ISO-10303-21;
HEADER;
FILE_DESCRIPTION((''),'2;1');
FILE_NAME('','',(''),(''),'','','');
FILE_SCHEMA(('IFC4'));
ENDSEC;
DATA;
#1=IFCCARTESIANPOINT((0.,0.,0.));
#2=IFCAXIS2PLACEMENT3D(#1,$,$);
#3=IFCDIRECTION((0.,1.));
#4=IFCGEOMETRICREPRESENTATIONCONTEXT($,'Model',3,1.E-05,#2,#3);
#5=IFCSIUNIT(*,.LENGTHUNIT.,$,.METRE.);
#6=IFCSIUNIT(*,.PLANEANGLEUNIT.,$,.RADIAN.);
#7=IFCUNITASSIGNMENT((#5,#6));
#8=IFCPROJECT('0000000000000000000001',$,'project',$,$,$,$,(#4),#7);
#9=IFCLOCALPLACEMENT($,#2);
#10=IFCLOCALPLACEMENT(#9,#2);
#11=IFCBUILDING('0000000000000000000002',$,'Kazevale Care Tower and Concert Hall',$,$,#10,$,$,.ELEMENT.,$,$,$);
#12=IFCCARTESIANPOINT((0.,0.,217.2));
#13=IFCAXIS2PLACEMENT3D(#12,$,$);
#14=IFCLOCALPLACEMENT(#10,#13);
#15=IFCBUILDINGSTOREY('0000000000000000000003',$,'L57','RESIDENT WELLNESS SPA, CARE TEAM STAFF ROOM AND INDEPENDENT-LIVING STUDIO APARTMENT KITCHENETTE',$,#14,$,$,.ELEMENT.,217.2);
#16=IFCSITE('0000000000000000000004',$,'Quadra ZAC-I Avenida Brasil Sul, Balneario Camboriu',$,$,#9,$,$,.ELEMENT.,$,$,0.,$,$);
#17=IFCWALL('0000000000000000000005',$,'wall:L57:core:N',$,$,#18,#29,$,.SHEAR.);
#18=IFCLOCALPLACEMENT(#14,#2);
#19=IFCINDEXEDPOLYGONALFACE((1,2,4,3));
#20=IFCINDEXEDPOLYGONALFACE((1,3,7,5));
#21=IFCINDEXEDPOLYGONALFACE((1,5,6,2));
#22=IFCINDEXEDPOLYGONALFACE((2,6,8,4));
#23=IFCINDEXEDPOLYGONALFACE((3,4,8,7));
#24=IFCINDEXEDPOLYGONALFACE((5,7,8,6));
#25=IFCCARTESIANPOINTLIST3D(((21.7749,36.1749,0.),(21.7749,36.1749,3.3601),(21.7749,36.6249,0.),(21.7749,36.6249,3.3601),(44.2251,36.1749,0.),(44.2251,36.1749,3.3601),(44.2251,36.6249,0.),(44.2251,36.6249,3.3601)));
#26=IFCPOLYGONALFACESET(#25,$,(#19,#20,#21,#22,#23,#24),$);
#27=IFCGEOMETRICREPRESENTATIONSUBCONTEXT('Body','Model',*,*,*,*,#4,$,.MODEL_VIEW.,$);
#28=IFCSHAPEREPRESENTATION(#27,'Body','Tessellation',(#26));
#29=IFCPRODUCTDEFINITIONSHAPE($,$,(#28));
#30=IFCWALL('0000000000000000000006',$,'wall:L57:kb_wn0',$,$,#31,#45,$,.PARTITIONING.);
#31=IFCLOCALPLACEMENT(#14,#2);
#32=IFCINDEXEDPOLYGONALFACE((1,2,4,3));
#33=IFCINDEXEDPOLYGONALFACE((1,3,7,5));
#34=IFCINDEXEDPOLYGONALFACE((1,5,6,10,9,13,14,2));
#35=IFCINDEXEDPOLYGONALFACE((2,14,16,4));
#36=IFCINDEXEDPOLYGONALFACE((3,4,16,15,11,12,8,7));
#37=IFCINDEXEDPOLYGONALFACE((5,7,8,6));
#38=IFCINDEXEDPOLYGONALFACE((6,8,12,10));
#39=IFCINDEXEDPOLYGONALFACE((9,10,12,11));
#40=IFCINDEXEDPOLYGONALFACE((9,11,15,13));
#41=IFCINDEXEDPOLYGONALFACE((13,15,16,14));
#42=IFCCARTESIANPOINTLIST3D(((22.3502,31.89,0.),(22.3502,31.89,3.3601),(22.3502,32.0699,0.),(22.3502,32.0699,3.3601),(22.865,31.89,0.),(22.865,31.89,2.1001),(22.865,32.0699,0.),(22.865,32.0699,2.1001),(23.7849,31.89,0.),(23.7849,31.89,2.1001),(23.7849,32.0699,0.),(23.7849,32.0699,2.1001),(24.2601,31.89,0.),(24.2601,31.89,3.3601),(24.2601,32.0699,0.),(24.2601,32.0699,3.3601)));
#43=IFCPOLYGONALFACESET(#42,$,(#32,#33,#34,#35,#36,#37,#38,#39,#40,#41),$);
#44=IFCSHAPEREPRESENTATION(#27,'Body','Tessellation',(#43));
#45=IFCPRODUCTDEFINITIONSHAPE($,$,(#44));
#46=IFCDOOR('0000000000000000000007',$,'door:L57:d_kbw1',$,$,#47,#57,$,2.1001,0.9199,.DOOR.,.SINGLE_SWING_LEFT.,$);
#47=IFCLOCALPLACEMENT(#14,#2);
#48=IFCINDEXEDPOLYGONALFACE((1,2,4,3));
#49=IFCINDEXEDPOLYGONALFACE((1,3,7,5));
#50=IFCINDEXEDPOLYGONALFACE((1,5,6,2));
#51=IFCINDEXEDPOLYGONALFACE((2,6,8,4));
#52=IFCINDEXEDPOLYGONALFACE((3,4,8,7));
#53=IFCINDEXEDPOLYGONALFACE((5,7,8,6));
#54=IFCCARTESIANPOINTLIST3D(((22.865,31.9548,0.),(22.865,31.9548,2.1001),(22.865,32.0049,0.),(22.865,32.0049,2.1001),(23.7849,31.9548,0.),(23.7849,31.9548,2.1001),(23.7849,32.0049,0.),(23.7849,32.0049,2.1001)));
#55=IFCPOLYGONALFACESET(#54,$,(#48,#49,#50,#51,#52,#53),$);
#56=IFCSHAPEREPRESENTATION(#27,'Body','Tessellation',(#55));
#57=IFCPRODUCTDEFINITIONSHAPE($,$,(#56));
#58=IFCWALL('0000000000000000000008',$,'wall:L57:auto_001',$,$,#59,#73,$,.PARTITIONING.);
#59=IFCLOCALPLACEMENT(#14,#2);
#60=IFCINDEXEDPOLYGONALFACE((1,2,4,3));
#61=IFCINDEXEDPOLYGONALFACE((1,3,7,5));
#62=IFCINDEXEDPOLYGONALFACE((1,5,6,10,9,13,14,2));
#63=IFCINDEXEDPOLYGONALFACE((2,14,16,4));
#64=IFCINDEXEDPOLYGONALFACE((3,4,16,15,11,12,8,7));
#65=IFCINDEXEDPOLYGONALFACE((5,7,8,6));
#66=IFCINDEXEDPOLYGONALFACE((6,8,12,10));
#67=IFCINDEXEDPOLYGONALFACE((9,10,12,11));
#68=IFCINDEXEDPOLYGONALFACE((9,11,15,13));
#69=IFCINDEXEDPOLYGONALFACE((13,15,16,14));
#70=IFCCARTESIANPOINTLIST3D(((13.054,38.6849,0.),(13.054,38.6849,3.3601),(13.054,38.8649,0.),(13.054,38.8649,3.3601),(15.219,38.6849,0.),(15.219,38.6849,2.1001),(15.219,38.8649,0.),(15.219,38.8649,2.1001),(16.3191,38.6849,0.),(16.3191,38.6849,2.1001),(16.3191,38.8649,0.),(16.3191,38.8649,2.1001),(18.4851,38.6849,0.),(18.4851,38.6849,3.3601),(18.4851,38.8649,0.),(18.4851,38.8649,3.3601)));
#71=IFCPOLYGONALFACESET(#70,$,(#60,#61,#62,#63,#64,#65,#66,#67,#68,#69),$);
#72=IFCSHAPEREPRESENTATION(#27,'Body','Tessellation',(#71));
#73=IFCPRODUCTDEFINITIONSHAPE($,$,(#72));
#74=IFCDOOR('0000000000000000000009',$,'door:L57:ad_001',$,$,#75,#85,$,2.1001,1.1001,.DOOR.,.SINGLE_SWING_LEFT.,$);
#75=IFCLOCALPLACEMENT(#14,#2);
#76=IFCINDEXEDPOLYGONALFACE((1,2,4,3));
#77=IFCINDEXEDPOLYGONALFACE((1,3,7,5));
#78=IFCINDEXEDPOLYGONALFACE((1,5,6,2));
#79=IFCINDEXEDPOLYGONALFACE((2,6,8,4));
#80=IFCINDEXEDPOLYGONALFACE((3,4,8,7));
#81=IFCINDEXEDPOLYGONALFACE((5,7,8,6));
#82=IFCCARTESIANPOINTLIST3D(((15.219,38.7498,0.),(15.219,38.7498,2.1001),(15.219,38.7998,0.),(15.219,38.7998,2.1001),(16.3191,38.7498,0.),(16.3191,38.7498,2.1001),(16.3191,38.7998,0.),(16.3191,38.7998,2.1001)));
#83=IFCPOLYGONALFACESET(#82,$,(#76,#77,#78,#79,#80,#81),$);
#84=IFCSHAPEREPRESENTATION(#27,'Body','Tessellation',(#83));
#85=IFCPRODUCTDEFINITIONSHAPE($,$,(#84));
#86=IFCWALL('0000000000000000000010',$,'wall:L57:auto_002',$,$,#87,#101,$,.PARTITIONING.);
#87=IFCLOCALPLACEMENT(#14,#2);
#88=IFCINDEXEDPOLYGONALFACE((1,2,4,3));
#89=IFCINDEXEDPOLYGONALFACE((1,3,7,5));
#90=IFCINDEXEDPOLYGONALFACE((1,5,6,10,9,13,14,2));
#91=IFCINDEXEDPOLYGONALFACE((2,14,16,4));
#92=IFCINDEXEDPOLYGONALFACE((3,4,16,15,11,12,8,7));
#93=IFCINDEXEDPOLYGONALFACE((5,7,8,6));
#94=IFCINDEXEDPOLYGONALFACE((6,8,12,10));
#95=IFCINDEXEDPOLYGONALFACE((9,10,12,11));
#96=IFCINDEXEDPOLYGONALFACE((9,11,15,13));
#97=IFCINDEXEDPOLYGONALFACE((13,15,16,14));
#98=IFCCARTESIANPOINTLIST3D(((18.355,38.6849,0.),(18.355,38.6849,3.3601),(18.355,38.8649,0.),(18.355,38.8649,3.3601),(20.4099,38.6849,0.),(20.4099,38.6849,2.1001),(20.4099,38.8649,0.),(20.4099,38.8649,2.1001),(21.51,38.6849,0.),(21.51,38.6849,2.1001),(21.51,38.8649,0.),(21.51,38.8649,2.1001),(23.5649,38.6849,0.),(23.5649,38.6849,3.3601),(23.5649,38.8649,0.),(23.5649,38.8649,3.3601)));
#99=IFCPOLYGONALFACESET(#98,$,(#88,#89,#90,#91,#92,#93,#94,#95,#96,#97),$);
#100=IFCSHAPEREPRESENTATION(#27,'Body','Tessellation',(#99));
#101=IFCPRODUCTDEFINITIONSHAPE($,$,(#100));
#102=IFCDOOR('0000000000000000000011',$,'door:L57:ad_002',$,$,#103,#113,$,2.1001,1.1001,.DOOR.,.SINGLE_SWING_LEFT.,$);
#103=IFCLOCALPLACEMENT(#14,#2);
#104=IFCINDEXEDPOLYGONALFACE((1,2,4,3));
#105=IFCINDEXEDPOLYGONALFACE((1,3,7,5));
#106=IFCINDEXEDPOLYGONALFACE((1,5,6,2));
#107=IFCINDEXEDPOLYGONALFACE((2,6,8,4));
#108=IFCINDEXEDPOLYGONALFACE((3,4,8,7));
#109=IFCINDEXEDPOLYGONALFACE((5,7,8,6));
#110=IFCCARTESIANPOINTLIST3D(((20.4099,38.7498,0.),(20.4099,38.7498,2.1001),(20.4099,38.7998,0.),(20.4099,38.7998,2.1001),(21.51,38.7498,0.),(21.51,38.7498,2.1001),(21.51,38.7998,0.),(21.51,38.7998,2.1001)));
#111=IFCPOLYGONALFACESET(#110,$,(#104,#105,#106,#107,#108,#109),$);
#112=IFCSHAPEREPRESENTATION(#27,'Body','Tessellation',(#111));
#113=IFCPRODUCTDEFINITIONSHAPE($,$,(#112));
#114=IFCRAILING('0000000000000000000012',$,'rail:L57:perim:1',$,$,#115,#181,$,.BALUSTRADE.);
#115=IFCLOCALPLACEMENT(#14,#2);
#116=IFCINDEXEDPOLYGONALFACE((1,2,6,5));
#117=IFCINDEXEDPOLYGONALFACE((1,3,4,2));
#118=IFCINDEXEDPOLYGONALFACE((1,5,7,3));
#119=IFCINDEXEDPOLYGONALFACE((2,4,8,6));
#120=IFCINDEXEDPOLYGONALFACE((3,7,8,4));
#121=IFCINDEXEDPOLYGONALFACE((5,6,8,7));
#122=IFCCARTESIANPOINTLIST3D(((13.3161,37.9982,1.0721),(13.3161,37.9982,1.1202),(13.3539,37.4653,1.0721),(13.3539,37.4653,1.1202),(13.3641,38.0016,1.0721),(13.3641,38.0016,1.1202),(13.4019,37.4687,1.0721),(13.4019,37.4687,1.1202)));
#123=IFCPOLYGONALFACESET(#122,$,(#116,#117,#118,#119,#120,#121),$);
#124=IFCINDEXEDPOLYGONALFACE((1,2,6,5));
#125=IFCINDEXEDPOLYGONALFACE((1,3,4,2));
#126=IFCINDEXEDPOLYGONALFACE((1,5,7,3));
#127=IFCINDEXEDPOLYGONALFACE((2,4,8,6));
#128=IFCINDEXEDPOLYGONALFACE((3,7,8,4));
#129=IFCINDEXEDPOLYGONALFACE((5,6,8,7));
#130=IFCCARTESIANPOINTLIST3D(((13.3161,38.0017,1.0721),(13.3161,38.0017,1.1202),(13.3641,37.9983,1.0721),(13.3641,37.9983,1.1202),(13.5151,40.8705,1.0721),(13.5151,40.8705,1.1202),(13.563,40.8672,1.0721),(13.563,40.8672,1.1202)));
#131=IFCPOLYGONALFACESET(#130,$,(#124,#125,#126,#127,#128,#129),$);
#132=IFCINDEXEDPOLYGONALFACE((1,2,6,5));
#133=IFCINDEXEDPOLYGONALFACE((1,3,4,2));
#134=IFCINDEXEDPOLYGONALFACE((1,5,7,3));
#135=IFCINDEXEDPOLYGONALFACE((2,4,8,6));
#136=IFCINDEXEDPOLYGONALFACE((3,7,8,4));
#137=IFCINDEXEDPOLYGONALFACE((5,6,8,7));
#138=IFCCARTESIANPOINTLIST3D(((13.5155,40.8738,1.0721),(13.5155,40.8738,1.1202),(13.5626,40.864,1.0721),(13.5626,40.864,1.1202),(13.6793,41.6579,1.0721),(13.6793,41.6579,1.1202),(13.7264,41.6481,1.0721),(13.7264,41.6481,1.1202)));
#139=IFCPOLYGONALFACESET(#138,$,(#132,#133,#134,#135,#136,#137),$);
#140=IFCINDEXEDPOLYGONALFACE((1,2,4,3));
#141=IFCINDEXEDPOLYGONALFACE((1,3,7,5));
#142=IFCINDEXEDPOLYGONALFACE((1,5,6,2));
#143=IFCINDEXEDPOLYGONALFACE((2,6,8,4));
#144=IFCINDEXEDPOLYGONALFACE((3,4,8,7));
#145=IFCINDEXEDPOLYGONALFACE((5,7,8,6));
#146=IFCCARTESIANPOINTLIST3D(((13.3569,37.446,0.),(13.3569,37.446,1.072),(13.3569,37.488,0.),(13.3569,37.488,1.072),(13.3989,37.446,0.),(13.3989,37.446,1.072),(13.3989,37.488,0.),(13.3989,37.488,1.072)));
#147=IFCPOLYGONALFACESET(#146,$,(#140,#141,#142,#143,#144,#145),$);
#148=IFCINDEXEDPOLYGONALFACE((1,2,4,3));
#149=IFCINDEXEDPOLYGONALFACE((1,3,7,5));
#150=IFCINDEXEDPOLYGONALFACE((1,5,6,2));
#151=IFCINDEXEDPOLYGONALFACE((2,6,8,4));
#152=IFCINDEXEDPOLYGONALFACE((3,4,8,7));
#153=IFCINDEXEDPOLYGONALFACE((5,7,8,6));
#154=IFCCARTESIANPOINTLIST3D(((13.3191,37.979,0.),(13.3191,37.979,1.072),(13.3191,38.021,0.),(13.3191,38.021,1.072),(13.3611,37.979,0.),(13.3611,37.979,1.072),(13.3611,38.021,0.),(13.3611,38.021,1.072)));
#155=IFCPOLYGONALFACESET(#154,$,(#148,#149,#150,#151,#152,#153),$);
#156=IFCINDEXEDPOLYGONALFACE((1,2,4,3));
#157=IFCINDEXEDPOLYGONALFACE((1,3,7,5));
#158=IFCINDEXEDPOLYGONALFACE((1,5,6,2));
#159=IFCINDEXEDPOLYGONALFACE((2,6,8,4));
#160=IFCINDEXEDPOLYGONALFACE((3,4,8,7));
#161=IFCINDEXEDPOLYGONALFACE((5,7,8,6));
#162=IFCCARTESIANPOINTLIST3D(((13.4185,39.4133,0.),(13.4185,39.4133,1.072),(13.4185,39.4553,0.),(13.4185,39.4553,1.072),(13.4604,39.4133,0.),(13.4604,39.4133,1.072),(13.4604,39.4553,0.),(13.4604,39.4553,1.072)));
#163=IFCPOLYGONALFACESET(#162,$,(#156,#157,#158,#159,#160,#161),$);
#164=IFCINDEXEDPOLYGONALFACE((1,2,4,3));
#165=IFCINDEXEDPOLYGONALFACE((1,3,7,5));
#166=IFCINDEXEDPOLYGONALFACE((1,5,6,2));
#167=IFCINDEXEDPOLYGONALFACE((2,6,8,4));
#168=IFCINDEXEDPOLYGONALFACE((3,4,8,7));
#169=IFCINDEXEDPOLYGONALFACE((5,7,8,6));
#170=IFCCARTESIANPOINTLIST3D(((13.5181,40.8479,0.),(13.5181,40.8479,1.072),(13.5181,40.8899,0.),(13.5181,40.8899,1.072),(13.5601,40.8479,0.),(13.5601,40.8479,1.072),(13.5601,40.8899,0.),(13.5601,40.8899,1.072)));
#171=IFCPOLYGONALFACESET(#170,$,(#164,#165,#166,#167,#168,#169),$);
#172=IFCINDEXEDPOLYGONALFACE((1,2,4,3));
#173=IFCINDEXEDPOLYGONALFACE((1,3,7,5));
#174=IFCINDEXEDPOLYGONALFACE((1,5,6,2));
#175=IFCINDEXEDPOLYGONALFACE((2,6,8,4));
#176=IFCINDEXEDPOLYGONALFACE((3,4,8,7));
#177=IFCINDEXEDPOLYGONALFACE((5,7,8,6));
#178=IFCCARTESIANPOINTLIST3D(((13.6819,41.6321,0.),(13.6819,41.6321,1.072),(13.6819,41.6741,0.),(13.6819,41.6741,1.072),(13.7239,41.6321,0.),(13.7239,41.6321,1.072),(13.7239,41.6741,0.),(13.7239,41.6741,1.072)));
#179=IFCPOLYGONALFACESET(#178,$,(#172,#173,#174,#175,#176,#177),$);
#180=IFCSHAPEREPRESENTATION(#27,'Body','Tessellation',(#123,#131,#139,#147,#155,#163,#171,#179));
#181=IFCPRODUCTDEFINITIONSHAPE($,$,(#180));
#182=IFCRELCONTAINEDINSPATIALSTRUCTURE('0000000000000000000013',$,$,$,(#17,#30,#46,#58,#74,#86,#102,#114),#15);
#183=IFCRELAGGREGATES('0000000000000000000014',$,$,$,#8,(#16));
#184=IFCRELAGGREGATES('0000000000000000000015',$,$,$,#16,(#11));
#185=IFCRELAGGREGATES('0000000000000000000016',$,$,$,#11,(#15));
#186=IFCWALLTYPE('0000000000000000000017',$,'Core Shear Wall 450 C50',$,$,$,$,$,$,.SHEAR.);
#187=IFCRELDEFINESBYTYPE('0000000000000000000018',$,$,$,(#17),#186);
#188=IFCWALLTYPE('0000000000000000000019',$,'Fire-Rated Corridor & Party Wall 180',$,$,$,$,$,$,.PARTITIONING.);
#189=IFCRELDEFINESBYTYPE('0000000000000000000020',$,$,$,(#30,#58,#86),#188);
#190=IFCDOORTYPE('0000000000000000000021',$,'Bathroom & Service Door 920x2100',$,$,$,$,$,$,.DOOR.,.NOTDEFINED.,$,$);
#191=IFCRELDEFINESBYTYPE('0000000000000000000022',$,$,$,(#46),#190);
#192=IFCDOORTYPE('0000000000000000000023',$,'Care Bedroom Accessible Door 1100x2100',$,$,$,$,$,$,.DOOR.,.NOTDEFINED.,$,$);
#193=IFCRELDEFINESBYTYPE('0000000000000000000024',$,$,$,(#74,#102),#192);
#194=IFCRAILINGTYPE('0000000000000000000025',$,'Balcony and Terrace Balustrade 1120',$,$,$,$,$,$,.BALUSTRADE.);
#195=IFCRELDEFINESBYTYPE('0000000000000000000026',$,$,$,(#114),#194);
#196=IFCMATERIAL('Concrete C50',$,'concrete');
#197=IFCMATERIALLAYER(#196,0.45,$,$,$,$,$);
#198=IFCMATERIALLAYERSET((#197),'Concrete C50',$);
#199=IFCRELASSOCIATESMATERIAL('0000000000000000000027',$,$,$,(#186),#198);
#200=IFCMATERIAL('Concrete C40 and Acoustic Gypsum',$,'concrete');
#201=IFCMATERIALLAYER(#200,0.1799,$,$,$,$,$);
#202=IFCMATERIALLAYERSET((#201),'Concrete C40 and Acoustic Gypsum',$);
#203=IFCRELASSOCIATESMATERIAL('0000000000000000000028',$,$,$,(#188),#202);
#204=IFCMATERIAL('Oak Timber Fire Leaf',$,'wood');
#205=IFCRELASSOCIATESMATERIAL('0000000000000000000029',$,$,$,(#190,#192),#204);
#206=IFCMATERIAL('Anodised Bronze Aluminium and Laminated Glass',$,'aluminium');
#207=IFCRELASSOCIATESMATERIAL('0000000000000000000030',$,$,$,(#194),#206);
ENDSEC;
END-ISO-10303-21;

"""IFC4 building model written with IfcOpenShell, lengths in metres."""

from ifc_helpers import new_model, si_unit, direction, frame, frame_2d, origin, origin_2d, place, context, subcontext, project, spatial, rectangle, extrude, material, layer, layer_set, type_object, element, fill, save


model = new_model("IFC4")

# Units and contexts
model_context = context("Model", 3, precision=1e-05, world=origin(), true_north=direction((0.0, 1.0)))
body_context = subcontext(model_context, "Body", "Model", "MODEL_VIEW")
ifc_project = project(units=[si_unit("LENGTHUNIT", "METRE"), si_unit("PLANEANGLEUNIT", "RADIAN")], contexts=[model_context])

# Site, building, storey
site_placement = place(None, origin())
site = spatial("IfcSite", under=ifc_project, at=site_placement, Name="Quadra ZAC-I Avenida Brasil Sul, Balneario Camboriu", CompositionType="ELEMENT", RefElevation=0.0)
building_placement = place(site_placement, origin())
building = spatial("IfcBuilding", under=site, at=building_placement, Name="Kazevale Care Tower and Concert Hall", CompositionType="ELEMENT")
storey_placement = place(building_placement, frame((0.0, 0.0, 217.2)))
storey = spatial("IfcBuildingStorey", under=building, at=storey_placement, Name="L57", Description="RESIDENT WELLNESS SPA, CARE TEAM STAFF ROOM AND INDEPENDENT-LIVING STUDIO APARTMENT KITCHENETTE", CompositionType="ELEMENT", Elevation=217.2)

# Shared definitions
ifc_material_1 = material(Name="Concrete C50", Category="concrete")

# Wall
ifc_layer_1 = layer(ifc_material_1, 0.45)
ifc_layer_set_1 = layer_set([ifc_layer_1], Name="Concrete C50")
wall_type_1 = type_object("IfcWallType", Name="Core Shear Wall 450 C50", PredefinedType="SHEAR", material=ifc_layer_set_1)
wall_1_placement = place(storey_placement, frame((21.7749, 36.3999, 0.0), z_axis=(0.0, 0.0, 1.0), x_axis=(1.0, 0.0, 0.0)))
element("IfcWall", 1, at=wall_1_placement, inside=storey, type_object=wall_type_1, Name="wall:L57:core:N", PredefinedType="SHEAR", context=body_context, shape_type="SweptSolid", body=[
    extrude(rectangle(XDim=22.4502, YDim=0.45, at=frame_2d((11.2251, 0.0))), origin(), (0.0, 0.0, 1.0), 3.3601),
])

# Walls, openings, doors
ifc_material_2 = material(Name="Concrete C40 and Acoustic Gypsum", Category="concrete")
ifc_layer_2 = layer(ifc_material_2, 0.1799)
ifc_layer_set_2 = layer_set([ifc_layer_2], Name="Concrete C40 and Acoustic Gypsum")
wall_type_2 = type_object("IfcWallType", Name="Fire-Rated Corridor & Party Wall 180", PredefinedType="PARTITIONING", material=ifc_layer_set_2)
wall_2_placement = place(storey_placement, frame((22.3501, 31.98, 0.0), z_axis=(0.0, 0.0, 1.0), x_axis=(1.0, 0.0, 0.0)))
wall_2 = element("IfcWall", 2, at=wall_2_placement, inside=storey, type_object=wall_type_2, Name="wall:L57:kb_wn0", PredefinedType="PARTITIONING", context=body_context, shape_type="SweptSolid", body=[
    extrude(rectangle(XDim=1.9099, YDim=0.1799, at=frame_2d((0.9551, 0.0))), origin(), (0.0, 0.0, 1.0), 3.3601),
])
opening_1_placement = place(wall_2_placement, frame((0.5149, 0.0, 0.0)))
opening_1 = element("IfcOpeningElement", 3, at=opening_1_placement, cuts=wall_2, PredefinedType="OPENING", context=body_context, shape_type="SweptSolid", body=[
    extrude(rectangle(XDim=0.9199, YDim=2.1001, at=frame_2d((0.46, 1.05))), frame((0.0, 0.0999, 0.0), z_axis=(0.0, -1.0, 0.0), x_axis=(1.0, 0.0, 0.0)), (0.0, 0.0, 1.0), 0.2),
])
ifc_material_3 = material(Name="Oak Timber Fire Leaf", Category="wood")
door_type_1 = type_object("IfcDoorType", Name="Bathroom & Service Door 920x2100", OperationType="NOTDEFINED", PredefinedType="DOOR", material=ifc_material_3)
door_1_placement = place(opening_1_placement, origin())
door_1 = element("IfcDoor", 4, at=door_1_placement, inside=storey, type_object=door_type_1, Name="door:L57:d_kbw1", OperationType="SINGLE_SWING_LEFT", OverallHeight=2.1001, OverallWidth=0.9199, PredefinedType="DOOR", context=body_context, shape_type="SweptSolid", body=[
    extrude(rectangle(XDim=0.9199, YDim=2.1001, at=frame_2d((0.46, 1.05))), frame((0.0, 0.0249, 0.0), z_axis=(0.0, -1.0, 0.0), x_axis=(1.0, 0.0, 0.0)), (0.0, 0.0, 1.0), 0.05),
])
fill(opening_1, door_1)
wall_3_placement = place(storey_placement, frame((13.054, 38.7749, 0.0), z_axis=(0.0, 0.0, 1.0), x_axis=(1.0, 0.0, 0.0)))
wall_3 = element("IfcWall", 5, at=wall_3_placement, inside=storey, type_object=wall_type_2, Name="wall:L57:auto_001", PredefinedType="PARTITIONING", context=body_context, shape_type="SweptSolid", body=[
    extrude(rectangle(XDim=5.4312, YDim=0.1799, at=frame_2d((2.7156, 0.0))), origin(), (0.0, 0.0, 1.0), 3.3601),
])
opening_2_placement = place(wall_3_placement, frame((2.165, 0.0, 0.0)))
opening_2 = element("IfcOpeningElement", 6, at=opening_2_placement, cuts=wall_3, PredefinedType="OPENING", context=body_context, shape_type="SweptSolid", body=[
    extrude(rectangle(XDim=1.1001, YDim=2.1001, at=frame_2d((0.55, 1.05))), frame((0.0, 0.0999, 0.0), z_axis=(0.0, -1.0, 0.0), x_axis=(1.0, 0.0, 0.0)), (0.0, 0.0, 1.0), 0.2),
])
door_type_2 = type_object("IfcDoorType", Name="Care Bedroom Accessible Door 1100x2100", OperationType="NOTDEFINED", PredefinedType="DOOR", material=ifc_material_3)
door_2_placement = place(opening_2_placement, origin())
door_2 = element("IfcDoor", 7, at=door_2_placement, inside=storey, type_object=door_type_2, Name="door:L57:ad_001", OperationType="SINGLE_SWING_LEFT", OverallHeight=2.1001, OverallWidth=1.1001, PredefinedType="DOOR", context=body_context, shape_type="SweptSolid", body=[
    extrude(rectangle(XDim=1.1001, YDim=2.1001, at=frame_2d((0.55, 1.05))), frame((0.0, 0.0249, 0.0), z_axis=(0.0, -1.0, 0.0), x_axis=(1.0, 0.0, 0.0)), (0.0, 0.0, 1.0), 0.05),
])
fill(opening_2, door_2)
wall_4_placement = place(storey_placement, frame((18.355, 38.7749, 0.0), z_axis=(0.0, 0.0, 1.0), x_axis=(1.0, 0.0, 0.0)))
wall_4 = element("IfcWall", 8, at=wall_4_placement, inside=storey, type_object=wall_type_2, Name="wall:L57:auto_002", PredefinedType="PARTITIONING", context=body_context, shape_type="SweptSolid", body=[
    extrude(rectangle(XDim=5.21, YDim=0.1799, at=frame_2d((2.605, 0.0))), origin(), (0.0, 0.0, 1.0), 3.3601),
])
opening_3_placement = place(wall_4_placement, frame((2.0549, 0.0, 0.0)))
opening_3 = element("IfcOpeningElement", 9, at=opening_3_placement, cuts=wall_4, PredefinedType="OPENING", context=body_context, shape_type="SweptSolid", body=[
    extrude(rectangle(XDim=1.1001, YDim=2.1001, at=frame_2d((0.55, 1.05))), frame((0.0, 0.0999, 0.0), z_axis=(0.0, -1.0, 0.0), x_axis=(1.0, 0.0, 0.0)), (0.0, 0.0, 1.0), 0.2),
])
door_3_placement = place(opening_3_placement, origin())
door_3 = element("IfcDoor", 10, at=door_3_placement, inside=storey, type_object=door_type_2, Name="door:L57:ad_002", OperationType="SINGLE_SWING_LEFT", OverallHeight=2.1001, OverallWidth=1.1001, PredefinedType="DOOR", context=body_context, shape_type="SweptSolid", body=[
    extrude(rectangle(XDim=1.1001, YDim=2.1001, at=frame_2d((0.55, 1.05))), frame((0.0, 0.0249, 0.0), z_axis=(0.0, -1.0, 0.0), x_axis=(1.0, 0.0, 0.0)), (0.0, 0.0, 1.0), 0.05),
])
fill(opening_3, door_3)

# Railing
ifc_material_4 = material(Name="Anodised Bronze Aluminium and Laminated Glass", Category="aluminium")
railing_type = type_object("IfcRailingType", Name="Balcony and Terrace Balustrade 1120", PredefinedType="BALUSTRADE", material=ifc_material_4)
railing_placement = place(storey_placement, frame((13.3779, 37.467, 0.0)))
element("IfcRailing", 11, at=railing_placement, inside=storey, type_object=railing_type, Name="rail:L57:perim:1", PredefinedType="BALUSTRADE", context=body_context, shape_type="SweptSolid", body=[
    extrude(rectangle(XDim=0.0481, YDim=0.0481, at=origin_2d()), frame((0.0, 0.0, 1.0962), z_axis=(-0.070825, 0.997489, 0.0), x_axis=(-0.997489, -0.070825, 0.0)), (0.0, 0.0, 1.0), 0.5342),
    extrude(rectangle(XDim=0.0481, YDim=0.0481, at=origin_2d()), frame((-0.0378, 0.533, 1.0962), z_axis=(0.06919, 0.997604, 0.0), x_axis=(-0.997604, 0.06919, 0.0)), (0.0, 0.0, 1.0), 2.8757),
    extrude(rectangle(XDim=0.0481, YDim=0.0481, at=origin_2d()), frame((0.1611, 3.4019, 1.0962), z_axis=(0.20449, 0.978869, 0.0), x_axis=(-0.978869, 0.20449, 0.0)), (0.0, 0.0, 1.0), 0.801),
    extrude(rectangle(XDim=0.042, YDim=0.042, at=origin_2d()), origin(), (0.0, 0.0, 1.0), 1.072),
    extrude(rectangle(XDim=0.042, YDim=0.042, at=origin_2d()), frame((-0.0378, 0.533, 0.0)), (0.0, 0.0, 1.0), 1.072),
    extrude(rectangle(XDim=0.042, YDim=0.042, at=origin_2d()), frame((0.0615, 1.9673, 0.0)), (0.0, 0.0, 1.0), 1.072),
    extrude(rectangle(XDim=0.042, YDim=0.042, at=origin_2d()), frame((0.1611, 3.4019, 0.0)), (0.0, 0.0, 1.0), 1.072),
    extrude(rectangle(XDim=0.042, YDim=0.042, at=origin_2d()), frame((0.325, 4.186, 0.0)), (0.0, 0.0, 1.0), 1.072),
])

save(model, "model.ifc")
